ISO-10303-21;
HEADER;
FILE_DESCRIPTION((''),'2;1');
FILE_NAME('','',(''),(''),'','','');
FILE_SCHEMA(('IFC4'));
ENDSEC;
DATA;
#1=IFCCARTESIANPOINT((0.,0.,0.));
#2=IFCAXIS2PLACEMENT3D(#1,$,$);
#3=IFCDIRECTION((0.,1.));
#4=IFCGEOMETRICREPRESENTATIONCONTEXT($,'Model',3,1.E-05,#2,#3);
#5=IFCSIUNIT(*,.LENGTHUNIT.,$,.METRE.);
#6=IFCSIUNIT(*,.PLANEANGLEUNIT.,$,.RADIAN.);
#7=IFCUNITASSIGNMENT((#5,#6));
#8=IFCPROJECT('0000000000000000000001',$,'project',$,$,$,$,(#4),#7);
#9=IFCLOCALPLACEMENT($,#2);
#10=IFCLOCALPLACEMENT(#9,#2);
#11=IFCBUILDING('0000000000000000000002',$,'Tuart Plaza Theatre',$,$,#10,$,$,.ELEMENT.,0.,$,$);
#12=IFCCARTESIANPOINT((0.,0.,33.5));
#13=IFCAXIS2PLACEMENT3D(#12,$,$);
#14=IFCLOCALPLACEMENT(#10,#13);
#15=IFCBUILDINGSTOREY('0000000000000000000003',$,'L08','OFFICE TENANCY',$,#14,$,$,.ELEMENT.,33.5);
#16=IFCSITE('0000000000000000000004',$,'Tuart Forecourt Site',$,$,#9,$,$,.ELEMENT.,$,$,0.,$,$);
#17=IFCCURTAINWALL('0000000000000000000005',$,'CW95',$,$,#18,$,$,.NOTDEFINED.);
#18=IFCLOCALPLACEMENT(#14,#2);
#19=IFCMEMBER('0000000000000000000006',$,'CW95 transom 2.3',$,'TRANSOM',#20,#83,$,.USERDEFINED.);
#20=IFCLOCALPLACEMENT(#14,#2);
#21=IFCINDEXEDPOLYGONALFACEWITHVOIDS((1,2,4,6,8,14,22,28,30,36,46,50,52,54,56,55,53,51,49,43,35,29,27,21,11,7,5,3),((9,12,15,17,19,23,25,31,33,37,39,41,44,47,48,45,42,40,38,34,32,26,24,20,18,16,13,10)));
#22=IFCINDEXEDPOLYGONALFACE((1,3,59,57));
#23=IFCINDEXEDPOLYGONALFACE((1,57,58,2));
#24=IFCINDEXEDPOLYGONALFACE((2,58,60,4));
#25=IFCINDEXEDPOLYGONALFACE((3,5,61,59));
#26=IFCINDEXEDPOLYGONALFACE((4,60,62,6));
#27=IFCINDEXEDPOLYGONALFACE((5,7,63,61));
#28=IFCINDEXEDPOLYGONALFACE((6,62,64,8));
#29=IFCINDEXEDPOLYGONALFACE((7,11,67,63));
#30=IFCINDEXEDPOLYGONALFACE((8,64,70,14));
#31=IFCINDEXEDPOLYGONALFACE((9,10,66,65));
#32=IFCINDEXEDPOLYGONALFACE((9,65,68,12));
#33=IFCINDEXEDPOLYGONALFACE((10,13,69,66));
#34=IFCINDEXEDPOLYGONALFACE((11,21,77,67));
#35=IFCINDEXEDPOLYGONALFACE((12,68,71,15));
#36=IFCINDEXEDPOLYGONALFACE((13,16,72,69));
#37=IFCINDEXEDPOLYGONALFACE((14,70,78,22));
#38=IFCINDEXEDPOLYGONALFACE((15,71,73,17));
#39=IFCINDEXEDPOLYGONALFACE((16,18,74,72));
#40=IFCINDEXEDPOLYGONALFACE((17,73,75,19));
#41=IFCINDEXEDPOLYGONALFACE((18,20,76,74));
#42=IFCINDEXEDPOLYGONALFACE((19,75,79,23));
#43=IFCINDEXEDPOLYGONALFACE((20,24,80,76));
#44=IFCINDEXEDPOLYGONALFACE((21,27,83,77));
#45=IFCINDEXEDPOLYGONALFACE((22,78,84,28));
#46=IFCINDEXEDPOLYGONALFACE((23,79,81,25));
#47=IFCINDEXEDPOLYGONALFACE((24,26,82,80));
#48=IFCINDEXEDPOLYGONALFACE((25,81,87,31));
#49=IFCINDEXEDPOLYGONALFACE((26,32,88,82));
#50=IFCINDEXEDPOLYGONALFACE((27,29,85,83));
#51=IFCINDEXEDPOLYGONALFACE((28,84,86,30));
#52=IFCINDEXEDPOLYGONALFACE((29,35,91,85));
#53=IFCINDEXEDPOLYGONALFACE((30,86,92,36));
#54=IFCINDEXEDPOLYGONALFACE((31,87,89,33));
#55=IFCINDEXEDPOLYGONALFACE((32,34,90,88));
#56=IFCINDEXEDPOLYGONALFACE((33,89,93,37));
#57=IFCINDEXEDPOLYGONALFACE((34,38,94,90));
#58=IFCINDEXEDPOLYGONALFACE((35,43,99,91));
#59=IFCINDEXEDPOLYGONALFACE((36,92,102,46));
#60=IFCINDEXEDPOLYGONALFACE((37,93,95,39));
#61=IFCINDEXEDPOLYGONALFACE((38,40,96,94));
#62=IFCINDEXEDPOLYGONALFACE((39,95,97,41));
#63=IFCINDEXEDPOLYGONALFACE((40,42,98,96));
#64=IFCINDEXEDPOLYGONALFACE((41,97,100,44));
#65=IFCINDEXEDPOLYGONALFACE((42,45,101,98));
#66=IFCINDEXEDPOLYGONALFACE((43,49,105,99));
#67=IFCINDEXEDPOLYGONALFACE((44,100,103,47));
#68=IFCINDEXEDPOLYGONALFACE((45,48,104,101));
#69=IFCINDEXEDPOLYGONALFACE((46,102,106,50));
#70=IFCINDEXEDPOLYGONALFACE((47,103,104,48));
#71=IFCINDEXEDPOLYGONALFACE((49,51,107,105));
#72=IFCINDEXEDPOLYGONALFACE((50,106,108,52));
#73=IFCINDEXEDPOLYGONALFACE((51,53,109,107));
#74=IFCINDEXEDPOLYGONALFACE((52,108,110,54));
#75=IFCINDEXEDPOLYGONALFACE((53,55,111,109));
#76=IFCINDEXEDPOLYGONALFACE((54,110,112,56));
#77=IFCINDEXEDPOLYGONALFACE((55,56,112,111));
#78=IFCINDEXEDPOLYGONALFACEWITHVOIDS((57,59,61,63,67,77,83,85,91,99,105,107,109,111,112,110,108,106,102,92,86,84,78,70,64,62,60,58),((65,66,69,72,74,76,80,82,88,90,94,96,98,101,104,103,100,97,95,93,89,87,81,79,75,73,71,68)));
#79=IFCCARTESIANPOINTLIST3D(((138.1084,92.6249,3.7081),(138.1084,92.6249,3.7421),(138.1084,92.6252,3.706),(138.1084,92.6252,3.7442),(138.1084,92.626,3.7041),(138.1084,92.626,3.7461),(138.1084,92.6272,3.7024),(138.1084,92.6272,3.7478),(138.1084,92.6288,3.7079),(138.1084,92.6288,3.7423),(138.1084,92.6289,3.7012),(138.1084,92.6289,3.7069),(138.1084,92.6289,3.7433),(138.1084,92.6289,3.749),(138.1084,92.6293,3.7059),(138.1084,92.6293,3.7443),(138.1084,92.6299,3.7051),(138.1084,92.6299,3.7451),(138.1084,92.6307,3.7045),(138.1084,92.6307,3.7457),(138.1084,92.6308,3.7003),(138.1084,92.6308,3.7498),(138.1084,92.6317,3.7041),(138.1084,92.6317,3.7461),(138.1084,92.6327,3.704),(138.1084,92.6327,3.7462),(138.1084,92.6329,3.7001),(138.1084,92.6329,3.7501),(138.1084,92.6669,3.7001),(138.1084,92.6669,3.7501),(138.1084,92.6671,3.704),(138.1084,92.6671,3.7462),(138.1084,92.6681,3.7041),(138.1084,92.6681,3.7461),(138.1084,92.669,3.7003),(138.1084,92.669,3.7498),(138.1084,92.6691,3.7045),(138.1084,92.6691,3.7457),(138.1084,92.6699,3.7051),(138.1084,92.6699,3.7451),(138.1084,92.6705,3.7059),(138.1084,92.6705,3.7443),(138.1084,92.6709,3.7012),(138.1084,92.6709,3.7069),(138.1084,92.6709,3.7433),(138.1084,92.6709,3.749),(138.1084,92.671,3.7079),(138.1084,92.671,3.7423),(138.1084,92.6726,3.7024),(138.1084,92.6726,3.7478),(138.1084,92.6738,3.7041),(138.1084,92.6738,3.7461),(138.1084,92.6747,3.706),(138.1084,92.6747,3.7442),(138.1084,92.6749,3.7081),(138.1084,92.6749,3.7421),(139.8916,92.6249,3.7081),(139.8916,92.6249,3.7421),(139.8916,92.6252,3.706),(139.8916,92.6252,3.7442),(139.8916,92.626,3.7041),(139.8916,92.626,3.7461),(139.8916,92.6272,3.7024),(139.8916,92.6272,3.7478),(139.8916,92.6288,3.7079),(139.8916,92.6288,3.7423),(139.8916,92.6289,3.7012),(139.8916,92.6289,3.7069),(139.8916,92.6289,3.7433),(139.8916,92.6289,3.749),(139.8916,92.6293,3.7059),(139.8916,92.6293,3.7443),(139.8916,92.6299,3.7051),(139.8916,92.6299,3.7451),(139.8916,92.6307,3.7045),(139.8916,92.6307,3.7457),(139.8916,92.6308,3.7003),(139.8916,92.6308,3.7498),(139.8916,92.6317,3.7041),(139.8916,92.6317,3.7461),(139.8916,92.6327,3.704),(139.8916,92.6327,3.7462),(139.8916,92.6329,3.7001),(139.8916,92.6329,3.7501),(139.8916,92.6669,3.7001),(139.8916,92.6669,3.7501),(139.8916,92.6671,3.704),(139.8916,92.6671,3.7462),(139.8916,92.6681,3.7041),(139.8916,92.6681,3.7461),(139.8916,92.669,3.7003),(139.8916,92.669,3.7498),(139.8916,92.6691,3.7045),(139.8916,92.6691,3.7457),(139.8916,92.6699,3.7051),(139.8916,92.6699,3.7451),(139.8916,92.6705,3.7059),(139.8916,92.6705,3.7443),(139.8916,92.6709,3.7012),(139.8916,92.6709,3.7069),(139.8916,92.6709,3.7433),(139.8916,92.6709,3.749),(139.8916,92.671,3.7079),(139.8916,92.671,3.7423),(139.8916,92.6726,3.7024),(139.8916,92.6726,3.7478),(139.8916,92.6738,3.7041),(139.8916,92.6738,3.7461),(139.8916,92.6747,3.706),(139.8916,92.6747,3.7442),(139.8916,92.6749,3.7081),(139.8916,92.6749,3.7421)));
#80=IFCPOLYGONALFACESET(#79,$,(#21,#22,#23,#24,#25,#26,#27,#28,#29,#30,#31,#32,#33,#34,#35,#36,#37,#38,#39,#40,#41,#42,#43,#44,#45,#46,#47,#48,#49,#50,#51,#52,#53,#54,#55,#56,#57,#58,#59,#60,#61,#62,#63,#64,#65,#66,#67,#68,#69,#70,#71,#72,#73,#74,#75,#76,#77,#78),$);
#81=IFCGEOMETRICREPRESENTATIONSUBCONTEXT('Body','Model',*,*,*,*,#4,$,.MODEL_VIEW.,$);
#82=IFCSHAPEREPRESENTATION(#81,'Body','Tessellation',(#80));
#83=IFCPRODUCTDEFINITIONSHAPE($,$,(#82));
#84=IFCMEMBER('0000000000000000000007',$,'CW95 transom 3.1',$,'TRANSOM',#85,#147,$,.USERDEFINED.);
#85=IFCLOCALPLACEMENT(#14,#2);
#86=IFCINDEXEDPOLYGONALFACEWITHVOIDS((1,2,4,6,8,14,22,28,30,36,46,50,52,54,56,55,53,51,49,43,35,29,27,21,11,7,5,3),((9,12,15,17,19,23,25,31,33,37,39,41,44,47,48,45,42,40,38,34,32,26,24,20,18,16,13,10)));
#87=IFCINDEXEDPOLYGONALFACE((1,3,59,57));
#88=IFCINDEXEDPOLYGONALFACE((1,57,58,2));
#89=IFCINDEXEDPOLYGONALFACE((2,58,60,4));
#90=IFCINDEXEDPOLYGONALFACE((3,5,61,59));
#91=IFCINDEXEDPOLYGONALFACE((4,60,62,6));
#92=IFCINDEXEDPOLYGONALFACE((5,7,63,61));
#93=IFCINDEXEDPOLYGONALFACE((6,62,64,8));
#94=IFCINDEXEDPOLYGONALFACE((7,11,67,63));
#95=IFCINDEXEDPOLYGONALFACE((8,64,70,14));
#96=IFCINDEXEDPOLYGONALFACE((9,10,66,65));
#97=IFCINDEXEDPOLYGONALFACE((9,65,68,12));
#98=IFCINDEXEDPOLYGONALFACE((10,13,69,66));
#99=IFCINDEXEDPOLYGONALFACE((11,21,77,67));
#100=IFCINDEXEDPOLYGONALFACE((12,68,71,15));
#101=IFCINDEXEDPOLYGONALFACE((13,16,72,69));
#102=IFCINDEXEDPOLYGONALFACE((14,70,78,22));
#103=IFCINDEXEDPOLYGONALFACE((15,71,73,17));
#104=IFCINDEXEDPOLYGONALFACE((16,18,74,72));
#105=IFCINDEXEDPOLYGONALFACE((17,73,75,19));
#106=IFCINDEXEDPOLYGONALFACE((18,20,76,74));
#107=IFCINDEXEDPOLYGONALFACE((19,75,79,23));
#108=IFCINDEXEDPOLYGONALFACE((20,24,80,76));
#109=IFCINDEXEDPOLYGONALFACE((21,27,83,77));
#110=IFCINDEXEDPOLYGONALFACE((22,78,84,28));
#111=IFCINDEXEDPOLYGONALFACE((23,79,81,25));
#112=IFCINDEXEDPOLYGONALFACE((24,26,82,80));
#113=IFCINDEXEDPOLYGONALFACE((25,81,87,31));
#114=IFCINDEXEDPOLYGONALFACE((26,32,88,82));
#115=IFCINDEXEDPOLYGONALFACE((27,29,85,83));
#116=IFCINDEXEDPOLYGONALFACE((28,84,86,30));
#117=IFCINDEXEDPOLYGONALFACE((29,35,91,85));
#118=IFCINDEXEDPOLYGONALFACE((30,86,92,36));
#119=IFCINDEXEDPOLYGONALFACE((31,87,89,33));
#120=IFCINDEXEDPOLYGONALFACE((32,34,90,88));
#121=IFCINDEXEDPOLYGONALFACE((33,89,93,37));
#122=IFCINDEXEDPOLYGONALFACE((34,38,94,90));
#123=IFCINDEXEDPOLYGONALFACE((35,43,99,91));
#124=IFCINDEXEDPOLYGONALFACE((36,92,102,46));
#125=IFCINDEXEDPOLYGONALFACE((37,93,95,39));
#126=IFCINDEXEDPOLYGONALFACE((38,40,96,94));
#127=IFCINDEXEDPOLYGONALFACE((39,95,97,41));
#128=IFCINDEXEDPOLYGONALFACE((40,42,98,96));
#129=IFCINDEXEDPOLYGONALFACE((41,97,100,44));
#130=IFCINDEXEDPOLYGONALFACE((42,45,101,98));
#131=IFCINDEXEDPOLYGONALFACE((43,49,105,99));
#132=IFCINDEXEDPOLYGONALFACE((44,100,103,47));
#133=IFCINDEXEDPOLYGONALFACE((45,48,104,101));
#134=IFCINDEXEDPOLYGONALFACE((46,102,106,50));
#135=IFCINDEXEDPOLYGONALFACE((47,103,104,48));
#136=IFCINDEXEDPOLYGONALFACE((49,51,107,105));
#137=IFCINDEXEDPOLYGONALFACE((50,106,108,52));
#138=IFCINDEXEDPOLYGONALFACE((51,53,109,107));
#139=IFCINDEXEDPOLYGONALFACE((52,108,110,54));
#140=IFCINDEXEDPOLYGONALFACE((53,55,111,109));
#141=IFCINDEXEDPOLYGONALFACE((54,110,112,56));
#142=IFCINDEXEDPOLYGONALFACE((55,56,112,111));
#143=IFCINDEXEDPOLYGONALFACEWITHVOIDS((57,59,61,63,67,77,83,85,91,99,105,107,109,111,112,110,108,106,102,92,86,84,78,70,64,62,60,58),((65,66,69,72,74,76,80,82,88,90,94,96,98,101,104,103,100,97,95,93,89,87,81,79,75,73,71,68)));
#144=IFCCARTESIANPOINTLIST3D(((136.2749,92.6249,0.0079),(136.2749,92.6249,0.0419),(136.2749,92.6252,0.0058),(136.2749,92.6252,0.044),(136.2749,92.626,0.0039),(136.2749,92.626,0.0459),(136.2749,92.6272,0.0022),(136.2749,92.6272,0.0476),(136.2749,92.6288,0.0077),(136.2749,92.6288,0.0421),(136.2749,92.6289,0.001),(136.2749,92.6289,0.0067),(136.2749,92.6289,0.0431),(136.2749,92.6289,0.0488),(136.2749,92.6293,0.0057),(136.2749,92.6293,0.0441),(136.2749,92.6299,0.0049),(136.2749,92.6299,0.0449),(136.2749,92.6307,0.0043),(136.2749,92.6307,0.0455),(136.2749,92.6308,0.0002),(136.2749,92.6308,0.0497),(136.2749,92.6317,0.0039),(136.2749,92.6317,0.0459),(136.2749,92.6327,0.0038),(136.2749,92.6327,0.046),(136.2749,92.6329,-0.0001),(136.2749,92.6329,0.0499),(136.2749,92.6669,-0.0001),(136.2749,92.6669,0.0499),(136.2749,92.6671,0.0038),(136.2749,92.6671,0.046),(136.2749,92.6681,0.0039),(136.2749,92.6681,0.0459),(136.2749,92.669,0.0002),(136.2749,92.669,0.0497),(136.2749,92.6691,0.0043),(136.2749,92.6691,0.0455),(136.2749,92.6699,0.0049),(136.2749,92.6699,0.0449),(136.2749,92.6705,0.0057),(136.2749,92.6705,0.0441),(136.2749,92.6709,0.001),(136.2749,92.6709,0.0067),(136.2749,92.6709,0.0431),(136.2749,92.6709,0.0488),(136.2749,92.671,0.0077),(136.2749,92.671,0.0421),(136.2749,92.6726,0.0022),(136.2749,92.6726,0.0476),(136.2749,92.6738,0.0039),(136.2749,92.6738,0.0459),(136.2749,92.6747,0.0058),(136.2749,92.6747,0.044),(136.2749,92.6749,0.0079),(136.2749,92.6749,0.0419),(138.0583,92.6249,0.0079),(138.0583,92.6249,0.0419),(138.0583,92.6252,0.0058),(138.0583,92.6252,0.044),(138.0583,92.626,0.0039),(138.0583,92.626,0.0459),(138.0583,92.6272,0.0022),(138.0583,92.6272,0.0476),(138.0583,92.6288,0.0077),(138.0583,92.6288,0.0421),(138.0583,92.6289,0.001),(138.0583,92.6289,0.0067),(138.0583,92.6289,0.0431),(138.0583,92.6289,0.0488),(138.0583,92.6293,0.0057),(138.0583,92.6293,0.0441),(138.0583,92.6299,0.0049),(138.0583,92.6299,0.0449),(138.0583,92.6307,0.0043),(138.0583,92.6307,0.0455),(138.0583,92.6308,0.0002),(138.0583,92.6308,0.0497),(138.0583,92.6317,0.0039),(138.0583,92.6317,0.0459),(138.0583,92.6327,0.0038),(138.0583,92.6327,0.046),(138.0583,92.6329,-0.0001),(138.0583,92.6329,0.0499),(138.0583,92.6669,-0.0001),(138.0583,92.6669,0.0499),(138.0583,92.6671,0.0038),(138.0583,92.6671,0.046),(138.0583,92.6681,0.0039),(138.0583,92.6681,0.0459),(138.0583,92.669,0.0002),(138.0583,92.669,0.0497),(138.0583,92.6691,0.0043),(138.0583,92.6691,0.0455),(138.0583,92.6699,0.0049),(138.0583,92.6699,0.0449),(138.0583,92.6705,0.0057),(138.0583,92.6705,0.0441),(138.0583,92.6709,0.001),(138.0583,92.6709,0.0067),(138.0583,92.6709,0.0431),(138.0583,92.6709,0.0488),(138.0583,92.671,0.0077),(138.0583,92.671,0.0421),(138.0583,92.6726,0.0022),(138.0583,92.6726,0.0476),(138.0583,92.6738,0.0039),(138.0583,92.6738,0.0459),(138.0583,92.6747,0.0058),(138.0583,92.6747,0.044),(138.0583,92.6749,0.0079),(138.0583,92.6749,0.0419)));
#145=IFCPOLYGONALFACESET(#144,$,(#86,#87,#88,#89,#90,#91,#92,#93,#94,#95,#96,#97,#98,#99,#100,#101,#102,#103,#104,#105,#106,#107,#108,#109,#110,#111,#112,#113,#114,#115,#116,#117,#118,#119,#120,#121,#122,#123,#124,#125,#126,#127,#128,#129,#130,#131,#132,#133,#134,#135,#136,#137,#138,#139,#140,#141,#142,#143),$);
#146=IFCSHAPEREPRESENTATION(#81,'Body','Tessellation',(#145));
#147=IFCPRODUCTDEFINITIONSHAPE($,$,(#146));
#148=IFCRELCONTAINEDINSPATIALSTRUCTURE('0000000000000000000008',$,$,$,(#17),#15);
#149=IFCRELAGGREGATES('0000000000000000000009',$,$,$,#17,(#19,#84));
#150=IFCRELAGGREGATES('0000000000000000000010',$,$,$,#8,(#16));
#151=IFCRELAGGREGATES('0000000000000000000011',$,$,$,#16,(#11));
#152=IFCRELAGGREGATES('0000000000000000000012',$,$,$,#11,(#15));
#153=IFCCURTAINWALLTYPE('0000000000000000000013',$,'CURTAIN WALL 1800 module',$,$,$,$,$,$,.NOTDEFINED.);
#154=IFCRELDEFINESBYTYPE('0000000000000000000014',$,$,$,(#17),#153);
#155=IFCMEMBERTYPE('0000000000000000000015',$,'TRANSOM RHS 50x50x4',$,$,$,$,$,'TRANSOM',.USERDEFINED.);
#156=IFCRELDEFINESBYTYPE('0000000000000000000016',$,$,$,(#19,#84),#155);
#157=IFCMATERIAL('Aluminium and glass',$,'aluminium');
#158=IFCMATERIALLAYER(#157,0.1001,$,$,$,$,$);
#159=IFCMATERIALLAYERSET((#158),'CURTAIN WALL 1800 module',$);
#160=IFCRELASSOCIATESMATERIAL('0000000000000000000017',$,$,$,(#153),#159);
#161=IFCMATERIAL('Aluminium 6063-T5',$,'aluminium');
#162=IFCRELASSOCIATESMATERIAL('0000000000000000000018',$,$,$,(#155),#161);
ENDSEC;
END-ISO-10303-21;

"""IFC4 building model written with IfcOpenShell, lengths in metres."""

from ifc_helpers import new_model, si_unit, direction, frame, origin, origin_2d, place, context, subcontext, project, spatial, hollow_rectangle, extrude, material, layer, layer_set, material_profile, profile_set, type_object, element, aggregate, save


model = new_model("IFC4")

# Units and contexts
model_context = context("Model", 3, precision=1e-05, world=origin(), true_north=direction((0.0, 1.0)))
body_context = subcontext(model_context, "Body", "Model", "MODEL_VIEW")
ifc_project = project(units=[si_unit("LENGTHUNIT", "METRE"), si_unit("PLANEANGLEUNIT", "RADIAN")], contexts=[model_context])

# Site, building, storey
site_placement = place(None, origin())
site = spatial("IfcSite", under=ifc_project, at=site_placement, Name="Tuart Forecourt Site", CompositionType="ELEMENT", RefElevation=0.0)
building_placement = place(site_placement, origin())
building = spatial("IfcBuilding", under=site, at=building_placement, Name="Tuart Plaza Theatre", CompositionType="ELEMENT", ElevationOfRefHeight=0.0)
storey_placement = place(building_placement, frame((0.0, 0.0, 33.5)))
storey = spatial("IfcBuildingStorey", under=building, at=storey_placement, Name="L08", Description="OFFICE TENANCY", CompositionType="ELEMENT", Elevation=33.5)

# Curtain wall, members
ifc_material_1 = material(Name="Aluminium and glass", Category="aluminium")
ifc_layer_1 = layer(ifc_material_1, 0.1001)
ifc_layer_set_1 = layer_set([ifc_layer_1], Name="CURTAIN WALL 1800 module")
curtain_wall_type = type_object("IfcCurtainWallType", Name="CURTAIN WALL 1800 module", PredefinedType="NOTDEFINED", material=ifc_layer_set_1)
curtain_wall_placement = place(storey_placement, origin())
curtain_wall = element("IfcCurtainWall", 1, at=curtain_wall_placement, inside=storey, type_object=curtain_wall_type, Name="CW95", PredefinedType="NOTDEFINED")
ifc_material_2 = material(Name="Aluminium 6063-T5", Category="aluminium")
ifc_material_profile_1 = material_profile(ifc_material_2, hollow_rectangle(XDim=0.05, YDim=0.05, WallThickness=0.0039, InnerFilletRadius=0.0039, OuterFilletRadius=0.0081, at=origin_2d()), Name="RHS 50x50x4")
ifc_profile_set_1 = profile_set([ifc_material_profile_1], Name="Aluminium 6063-T5")
member_type_1 = type_object("IfcMemberType", Name="TRANSOM RHS 50x50x4", ElementType="TRANSOM", PredefinedType="USERDEFINED", material=ifc_profile_set_1)
member_1_placement = place(storey_placement, frame((139.8916, 92.6499, 3.7251), z_axis=(-1.0, 0.0, 0.0), x_axis=(0.0, -1.0, 0.0)))
member_1 = element("IfcMember", 2, at=member_1_placement, type_object=member_type_1, Name="CW95 transom 2.3", ObjectType="TRANSOM", PredefinedType="USERDEFINED", context=body_context, shape_type="SweptSolid", body=[
    extrude(hollow_rectangle(XDim=0.05, YDim=0.05, WallThickness=0.0039, InnerFilletRadius=0.0039, OuterFilletRadius=0.0081, at=origin_2d()), origin(), (0.0, 0.0, 1.0), 1.7832),
])
member_2_placement = place(storey_placement, frame((138.0583, 92.6499, 0.0249), z_axis=(-1.0, 0.0, 0.0), x_axis=(0.0, -1.0, 0.0)))
member_2 = element("IfcMember", 3, at=member_2_placement, type_object=member_type_1, Name="CW95 transom 3.1", ObjectType="TRANSOM", PredefinedType="USERDEFINED", context=body_context, shape_type="SweptSolid", body=[
    extrude(hollow_rectangle(XDim=0.05, YDim=0.05, WallThickness=0.0039, InnerFilletRadius=0.0039, OuterFilletRadius=0.0081, at=origin_2d()), origin(), (0.0, 0.0, 1.0), 1.7834),
])
aggregate(curtain_wall, [member_1, member_2])

save(model, "model.ifc")
